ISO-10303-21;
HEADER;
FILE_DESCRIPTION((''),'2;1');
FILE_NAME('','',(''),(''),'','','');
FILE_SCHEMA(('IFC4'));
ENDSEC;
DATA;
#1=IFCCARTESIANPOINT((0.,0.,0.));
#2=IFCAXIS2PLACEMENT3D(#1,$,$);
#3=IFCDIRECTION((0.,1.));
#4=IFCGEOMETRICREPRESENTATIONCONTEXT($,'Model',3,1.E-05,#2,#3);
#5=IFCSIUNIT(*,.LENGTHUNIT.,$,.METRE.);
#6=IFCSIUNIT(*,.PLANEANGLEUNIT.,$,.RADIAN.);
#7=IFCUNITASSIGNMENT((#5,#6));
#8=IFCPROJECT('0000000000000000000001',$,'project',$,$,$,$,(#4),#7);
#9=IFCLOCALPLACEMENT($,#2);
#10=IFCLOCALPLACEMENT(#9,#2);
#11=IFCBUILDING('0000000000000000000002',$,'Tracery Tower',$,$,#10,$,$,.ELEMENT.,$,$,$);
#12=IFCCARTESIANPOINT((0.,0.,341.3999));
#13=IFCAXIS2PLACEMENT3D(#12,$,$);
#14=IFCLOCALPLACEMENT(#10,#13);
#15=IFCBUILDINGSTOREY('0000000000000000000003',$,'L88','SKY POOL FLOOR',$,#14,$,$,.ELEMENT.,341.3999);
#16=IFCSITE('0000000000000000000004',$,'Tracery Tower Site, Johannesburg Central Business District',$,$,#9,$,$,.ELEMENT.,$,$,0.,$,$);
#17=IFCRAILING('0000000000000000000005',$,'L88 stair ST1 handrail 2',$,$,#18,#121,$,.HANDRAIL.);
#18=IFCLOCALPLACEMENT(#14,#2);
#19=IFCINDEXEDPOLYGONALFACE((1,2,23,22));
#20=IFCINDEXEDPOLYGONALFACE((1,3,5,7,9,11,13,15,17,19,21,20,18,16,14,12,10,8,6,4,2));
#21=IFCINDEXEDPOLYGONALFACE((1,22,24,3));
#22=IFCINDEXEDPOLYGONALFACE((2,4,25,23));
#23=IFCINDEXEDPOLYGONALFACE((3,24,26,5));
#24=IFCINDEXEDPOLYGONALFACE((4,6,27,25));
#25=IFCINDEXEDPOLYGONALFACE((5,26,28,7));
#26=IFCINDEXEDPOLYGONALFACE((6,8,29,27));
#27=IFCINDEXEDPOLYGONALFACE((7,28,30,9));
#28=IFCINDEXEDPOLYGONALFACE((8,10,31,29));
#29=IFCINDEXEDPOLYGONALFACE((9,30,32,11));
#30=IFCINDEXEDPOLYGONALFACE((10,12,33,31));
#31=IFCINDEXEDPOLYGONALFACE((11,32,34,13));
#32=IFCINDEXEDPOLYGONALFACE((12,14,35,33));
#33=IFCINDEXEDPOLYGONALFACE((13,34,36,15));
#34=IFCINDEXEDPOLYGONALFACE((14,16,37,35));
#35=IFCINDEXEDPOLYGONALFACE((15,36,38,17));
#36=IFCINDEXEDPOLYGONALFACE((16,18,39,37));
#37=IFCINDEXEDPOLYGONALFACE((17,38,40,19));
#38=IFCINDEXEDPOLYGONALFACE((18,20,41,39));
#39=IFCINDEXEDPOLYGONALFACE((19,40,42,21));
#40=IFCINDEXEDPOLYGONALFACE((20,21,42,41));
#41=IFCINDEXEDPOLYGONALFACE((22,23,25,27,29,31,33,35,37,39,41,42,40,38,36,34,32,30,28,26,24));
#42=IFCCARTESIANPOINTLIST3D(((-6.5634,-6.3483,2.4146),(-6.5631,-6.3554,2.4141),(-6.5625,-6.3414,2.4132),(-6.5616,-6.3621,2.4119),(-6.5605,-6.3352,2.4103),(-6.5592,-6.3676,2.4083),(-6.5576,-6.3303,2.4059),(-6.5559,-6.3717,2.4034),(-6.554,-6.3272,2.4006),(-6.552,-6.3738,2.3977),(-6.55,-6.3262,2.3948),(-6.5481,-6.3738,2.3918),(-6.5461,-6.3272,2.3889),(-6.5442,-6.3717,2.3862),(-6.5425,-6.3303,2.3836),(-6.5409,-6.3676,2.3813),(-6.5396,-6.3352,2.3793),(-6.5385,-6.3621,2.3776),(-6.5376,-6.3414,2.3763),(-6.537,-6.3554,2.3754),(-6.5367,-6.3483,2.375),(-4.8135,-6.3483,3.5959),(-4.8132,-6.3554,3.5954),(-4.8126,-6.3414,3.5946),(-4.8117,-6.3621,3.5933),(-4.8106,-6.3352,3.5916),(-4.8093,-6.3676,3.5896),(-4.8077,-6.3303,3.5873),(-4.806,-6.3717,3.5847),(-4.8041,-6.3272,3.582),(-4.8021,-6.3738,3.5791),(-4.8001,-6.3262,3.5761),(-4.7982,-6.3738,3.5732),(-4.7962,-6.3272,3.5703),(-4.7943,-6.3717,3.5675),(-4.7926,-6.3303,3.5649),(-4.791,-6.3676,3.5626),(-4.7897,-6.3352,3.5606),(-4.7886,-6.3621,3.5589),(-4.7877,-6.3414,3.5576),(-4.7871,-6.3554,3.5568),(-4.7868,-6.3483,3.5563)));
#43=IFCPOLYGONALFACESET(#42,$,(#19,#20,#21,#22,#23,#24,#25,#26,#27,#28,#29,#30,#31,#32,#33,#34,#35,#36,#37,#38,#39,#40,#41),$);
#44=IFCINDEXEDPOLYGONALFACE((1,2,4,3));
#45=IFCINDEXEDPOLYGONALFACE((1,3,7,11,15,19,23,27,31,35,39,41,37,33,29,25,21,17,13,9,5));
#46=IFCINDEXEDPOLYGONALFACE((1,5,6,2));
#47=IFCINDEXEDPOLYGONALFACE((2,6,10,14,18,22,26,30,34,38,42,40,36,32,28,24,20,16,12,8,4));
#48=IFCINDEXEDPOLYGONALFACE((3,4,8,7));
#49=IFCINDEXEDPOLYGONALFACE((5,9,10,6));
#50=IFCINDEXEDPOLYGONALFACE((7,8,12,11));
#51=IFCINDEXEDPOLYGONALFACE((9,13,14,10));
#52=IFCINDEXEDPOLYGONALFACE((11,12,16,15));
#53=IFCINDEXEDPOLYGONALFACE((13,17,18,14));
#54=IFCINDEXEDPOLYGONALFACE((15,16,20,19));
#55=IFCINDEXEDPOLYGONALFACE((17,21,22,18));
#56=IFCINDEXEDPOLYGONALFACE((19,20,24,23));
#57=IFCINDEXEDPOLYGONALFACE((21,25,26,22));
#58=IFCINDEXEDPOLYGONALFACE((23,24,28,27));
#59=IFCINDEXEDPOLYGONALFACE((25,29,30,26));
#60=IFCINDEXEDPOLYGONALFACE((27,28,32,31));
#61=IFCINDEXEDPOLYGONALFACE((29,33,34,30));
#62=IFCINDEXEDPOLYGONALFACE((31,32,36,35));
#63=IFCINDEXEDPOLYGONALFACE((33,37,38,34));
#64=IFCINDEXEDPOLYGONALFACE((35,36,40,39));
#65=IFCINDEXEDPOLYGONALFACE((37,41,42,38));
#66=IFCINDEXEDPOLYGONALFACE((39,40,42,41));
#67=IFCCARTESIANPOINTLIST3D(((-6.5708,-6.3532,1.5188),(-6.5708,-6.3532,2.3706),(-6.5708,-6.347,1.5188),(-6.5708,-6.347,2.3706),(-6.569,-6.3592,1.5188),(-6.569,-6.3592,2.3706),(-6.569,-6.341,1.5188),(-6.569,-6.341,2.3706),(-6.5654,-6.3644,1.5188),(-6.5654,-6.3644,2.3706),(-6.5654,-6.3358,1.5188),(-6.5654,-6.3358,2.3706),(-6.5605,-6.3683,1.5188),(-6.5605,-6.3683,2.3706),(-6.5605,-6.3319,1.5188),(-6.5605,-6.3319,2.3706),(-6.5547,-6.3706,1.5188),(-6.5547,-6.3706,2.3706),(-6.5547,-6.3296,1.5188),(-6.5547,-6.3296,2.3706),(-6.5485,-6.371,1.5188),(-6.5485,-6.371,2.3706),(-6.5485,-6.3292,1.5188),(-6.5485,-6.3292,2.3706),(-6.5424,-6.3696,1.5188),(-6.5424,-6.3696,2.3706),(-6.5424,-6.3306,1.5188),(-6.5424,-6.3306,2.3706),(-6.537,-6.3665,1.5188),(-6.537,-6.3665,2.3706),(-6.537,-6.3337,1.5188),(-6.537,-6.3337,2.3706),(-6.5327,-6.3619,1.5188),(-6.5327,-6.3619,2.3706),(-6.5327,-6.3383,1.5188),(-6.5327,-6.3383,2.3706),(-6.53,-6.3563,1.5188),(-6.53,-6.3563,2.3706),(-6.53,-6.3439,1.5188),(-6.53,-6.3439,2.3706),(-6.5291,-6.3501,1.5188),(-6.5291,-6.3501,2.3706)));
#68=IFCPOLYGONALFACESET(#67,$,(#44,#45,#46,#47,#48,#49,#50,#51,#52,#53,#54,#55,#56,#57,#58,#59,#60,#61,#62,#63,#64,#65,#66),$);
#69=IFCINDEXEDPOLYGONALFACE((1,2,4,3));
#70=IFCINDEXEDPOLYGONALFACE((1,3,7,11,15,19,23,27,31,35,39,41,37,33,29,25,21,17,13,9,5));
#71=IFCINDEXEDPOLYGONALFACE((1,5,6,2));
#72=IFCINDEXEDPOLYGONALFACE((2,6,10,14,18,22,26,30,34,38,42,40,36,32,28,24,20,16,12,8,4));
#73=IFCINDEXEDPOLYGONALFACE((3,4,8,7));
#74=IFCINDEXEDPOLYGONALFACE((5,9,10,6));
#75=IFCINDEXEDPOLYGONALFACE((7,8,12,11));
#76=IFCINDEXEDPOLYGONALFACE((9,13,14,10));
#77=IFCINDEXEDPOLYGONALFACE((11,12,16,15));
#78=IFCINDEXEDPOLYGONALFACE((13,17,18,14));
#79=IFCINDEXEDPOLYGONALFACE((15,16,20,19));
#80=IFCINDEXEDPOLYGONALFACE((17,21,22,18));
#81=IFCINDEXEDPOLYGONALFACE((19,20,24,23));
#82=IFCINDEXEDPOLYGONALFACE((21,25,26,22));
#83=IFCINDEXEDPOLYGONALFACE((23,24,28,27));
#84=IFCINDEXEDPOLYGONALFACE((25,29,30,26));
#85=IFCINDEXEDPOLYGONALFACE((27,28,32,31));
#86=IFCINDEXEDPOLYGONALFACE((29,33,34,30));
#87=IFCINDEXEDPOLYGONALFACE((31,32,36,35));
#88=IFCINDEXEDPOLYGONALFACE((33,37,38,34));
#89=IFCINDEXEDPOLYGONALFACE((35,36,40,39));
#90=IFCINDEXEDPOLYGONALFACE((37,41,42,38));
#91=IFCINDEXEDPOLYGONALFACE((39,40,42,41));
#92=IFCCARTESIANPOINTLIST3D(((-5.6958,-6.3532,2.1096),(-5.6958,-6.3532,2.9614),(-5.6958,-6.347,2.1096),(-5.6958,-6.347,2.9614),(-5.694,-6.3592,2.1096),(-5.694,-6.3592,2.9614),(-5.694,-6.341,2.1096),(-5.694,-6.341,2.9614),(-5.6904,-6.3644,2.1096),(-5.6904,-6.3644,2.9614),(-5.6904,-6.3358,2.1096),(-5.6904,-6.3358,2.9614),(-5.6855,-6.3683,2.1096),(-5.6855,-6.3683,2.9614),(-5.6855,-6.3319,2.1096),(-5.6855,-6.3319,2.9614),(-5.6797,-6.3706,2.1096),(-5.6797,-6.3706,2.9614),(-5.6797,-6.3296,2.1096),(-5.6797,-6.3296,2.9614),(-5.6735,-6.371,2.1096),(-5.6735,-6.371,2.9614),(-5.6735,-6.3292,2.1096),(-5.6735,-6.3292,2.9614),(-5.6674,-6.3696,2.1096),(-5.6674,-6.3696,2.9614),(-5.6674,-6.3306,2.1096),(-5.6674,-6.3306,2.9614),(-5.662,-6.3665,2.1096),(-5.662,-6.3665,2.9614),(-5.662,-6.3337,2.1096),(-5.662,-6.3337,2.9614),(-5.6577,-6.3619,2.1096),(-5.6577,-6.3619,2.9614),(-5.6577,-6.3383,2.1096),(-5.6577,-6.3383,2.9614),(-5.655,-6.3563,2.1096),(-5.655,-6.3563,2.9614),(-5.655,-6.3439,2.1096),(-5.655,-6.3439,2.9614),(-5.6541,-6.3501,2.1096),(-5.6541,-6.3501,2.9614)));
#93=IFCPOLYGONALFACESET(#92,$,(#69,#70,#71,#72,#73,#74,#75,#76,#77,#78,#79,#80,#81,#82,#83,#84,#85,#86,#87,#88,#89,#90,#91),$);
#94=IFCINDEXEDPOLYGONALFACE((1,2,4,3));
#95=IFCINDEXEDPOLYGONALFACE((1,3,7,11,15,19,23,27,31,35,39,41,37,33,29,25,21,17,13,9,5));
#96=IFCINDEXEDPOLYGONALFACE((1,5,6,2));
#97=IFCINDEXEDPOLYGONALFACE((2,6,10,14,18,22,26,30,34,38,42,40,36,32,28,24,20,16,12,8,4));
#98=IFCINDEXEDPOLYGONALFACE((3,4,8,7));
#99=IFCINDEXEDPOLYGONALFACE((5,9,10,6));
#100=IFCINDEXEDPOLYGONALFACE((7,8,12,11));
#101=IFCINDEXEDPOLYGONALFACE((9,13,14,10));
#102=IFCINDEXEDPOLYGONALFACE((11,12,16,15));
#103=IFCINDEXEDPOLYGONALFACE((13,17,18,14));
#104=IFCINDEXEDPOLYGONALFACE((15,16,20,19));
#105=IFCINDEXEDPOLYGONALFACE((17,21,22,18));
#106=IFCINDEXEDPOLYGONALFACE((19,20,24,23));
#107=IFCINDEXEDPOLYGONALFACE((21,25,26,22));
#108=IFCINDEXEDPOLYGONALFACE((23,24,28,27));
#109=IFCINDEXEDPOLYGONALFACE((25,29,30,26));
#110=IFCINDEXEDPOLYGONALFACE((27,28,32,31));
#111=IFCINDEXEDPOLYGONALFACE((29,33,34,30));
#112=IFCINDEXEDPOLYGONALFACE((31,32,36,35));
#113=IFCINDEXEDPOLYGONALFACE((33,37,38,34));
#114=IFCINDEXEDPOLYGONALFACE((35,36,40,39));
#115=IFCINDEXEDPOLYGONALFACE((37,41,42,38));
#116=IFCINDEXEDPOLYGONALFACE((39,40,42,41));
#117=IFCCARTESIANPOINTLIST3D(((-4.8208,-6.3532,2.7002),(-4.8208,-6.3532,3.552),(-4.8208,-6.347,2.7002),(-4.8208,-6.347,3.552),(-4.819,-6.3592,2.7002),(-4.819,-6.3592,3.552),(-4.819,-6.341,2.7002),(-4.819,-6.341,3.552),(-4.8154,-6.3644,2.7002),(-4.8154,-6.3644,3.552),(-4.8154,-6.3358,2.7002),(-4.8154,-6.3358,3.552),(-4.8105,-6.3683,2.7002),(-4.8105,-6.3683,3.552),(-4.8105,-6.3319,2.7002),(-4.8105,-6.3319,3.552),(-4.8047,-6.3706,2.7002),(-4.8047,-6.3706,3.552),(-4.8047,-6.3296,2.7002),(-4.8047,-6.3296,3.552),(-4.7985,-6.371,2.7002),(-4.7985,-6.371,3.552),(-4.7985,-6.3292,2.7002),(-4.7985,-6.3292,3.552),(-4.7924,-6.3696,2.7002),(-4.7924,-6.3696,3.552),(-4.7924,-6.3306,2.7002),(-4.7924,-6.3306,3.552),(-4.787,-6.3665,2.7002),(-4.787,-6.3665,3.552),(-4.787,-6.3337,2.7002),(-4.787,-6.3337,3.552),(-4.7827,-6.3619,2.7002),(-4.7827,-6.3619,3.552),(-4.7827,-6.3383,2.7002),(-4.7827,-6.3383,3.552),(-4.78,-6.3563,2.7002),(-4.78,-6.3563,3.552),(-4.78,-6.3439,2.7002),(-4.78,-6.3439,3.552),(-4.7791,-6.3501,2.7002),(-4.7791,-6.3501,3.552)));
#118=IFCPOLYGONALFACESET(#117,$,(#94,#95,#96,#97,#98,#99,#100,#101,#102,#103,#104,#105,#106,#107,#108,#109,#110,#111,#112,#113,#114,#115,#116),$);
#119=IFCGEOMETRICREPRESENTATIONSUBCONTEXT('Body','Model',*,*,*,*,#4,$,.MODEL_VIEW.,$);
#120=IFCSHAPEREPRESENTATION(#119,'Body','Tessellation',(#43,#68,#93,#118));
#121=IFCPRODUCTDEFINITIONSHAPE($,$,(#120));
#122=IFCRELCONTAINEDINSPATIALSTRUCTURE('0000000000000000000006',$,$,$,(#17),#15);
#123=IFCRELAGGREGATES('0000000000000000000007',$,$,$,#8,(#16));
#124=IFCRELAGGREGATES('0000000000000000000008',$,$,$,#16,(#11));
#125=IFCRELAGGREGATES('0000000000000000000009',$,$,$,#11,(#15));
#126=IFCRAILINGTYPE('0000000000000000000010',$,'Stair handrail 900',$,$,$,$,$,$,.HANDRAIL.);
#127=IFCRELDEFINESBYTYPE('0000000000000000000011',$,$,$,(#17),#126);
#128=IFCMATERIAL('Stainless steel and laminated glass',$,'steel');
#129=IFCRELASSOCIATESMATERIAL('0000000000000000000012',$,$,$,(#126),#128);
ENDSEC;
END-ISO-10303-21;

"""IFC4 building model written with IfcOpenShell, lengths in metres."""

from ifc_helpers import new_model, si_unit, direction, frame, origin, origin_2d, place, context, subcontext, project, spatial, circle, extrude, material, type_object, element, save


model = new_model("IFC4")

# Units and contexts
model_context = context("Model", 3, precision=1e-05, world=origin(), true_north=direction((0.0, 1.0)))
body_context = subcontext(model_context, "Body", "Model", "MODEL_VIEW")
ifc_project = project(units=[si_unit("LENGTHUNIT", "METRE"), si_unit("PLANEANGLEUNIT", "RADIAN")], contexts=[model_context])

# Site, building, storey
site_placement = place(None, origin())
site = spatial("IfcSite", under=ifc_project, at=site_placement, Name="Tracery Tower Site, Johannesburg Central Business District", CompositionType="ELEMENT", RefElevation=0.0)
building_placement = place(site_placement, origin())
building = spatial("IfcBuilding", under=site, at=building_placement, Name="Tracery Tower", CompositionType="ELEMENT")
storey_placement = place(building_placement, frame((0.0, 0.0, 341.3999)))
storey = spatial("IfcBuildingStorey", under=building, at=storey_placement, Name="L88", Description="SKY POOL FLOOR", CompositionType="ELEMENT", Elevation=341.3999)

# Railing
ifc_material_1 = material(Name="Stainless steel and laminated glass", Category="steel")
railing_type_1 = type_object("IfcRailingType", Name="Stair handrail 900", PredefinedType="HANDRAIL", material=ifc_material_1)
railing_1_placement = place(storey_placement, frame((-6.55, -6.3501, 1.5188)))
element("IfcRailing", 1, at=railing_1_placement, inside=storey, type_object=railing_type_1, Name="L88 stair ST1 handrail 2", PredefinedType="HANDRAIL", context=body_context, shape_type="SweptSolid", body=[
    extrude(circle(Radius=0.0239, at=origin_2d()), frame((0.0, 0.0, 0.876), z_axis=(0.828817, 0.0, 0.559521), x_axis=(0.0, 1.0, 0.0)), (0.0, 0.0, 1.0), 2.1113),
    extrude(circle(Radius=0.021, at=origin_2d()), origin(), (0.0, 0.0, 1.0), 0.8518),
    extrude(circle(Radius=0.021, at=origin_2d()), frame((0.875, 0.0, 0.5908)), (0.0, 0.0, 1.0), 0.8518),
    extrude(circle(Radius=0.021, at=origin_2d()), frame((1.75, 0.0, 1.1814)), (0.0, 0.0, 1.0), 0.8518),
])

save(model, "model.ifc")
